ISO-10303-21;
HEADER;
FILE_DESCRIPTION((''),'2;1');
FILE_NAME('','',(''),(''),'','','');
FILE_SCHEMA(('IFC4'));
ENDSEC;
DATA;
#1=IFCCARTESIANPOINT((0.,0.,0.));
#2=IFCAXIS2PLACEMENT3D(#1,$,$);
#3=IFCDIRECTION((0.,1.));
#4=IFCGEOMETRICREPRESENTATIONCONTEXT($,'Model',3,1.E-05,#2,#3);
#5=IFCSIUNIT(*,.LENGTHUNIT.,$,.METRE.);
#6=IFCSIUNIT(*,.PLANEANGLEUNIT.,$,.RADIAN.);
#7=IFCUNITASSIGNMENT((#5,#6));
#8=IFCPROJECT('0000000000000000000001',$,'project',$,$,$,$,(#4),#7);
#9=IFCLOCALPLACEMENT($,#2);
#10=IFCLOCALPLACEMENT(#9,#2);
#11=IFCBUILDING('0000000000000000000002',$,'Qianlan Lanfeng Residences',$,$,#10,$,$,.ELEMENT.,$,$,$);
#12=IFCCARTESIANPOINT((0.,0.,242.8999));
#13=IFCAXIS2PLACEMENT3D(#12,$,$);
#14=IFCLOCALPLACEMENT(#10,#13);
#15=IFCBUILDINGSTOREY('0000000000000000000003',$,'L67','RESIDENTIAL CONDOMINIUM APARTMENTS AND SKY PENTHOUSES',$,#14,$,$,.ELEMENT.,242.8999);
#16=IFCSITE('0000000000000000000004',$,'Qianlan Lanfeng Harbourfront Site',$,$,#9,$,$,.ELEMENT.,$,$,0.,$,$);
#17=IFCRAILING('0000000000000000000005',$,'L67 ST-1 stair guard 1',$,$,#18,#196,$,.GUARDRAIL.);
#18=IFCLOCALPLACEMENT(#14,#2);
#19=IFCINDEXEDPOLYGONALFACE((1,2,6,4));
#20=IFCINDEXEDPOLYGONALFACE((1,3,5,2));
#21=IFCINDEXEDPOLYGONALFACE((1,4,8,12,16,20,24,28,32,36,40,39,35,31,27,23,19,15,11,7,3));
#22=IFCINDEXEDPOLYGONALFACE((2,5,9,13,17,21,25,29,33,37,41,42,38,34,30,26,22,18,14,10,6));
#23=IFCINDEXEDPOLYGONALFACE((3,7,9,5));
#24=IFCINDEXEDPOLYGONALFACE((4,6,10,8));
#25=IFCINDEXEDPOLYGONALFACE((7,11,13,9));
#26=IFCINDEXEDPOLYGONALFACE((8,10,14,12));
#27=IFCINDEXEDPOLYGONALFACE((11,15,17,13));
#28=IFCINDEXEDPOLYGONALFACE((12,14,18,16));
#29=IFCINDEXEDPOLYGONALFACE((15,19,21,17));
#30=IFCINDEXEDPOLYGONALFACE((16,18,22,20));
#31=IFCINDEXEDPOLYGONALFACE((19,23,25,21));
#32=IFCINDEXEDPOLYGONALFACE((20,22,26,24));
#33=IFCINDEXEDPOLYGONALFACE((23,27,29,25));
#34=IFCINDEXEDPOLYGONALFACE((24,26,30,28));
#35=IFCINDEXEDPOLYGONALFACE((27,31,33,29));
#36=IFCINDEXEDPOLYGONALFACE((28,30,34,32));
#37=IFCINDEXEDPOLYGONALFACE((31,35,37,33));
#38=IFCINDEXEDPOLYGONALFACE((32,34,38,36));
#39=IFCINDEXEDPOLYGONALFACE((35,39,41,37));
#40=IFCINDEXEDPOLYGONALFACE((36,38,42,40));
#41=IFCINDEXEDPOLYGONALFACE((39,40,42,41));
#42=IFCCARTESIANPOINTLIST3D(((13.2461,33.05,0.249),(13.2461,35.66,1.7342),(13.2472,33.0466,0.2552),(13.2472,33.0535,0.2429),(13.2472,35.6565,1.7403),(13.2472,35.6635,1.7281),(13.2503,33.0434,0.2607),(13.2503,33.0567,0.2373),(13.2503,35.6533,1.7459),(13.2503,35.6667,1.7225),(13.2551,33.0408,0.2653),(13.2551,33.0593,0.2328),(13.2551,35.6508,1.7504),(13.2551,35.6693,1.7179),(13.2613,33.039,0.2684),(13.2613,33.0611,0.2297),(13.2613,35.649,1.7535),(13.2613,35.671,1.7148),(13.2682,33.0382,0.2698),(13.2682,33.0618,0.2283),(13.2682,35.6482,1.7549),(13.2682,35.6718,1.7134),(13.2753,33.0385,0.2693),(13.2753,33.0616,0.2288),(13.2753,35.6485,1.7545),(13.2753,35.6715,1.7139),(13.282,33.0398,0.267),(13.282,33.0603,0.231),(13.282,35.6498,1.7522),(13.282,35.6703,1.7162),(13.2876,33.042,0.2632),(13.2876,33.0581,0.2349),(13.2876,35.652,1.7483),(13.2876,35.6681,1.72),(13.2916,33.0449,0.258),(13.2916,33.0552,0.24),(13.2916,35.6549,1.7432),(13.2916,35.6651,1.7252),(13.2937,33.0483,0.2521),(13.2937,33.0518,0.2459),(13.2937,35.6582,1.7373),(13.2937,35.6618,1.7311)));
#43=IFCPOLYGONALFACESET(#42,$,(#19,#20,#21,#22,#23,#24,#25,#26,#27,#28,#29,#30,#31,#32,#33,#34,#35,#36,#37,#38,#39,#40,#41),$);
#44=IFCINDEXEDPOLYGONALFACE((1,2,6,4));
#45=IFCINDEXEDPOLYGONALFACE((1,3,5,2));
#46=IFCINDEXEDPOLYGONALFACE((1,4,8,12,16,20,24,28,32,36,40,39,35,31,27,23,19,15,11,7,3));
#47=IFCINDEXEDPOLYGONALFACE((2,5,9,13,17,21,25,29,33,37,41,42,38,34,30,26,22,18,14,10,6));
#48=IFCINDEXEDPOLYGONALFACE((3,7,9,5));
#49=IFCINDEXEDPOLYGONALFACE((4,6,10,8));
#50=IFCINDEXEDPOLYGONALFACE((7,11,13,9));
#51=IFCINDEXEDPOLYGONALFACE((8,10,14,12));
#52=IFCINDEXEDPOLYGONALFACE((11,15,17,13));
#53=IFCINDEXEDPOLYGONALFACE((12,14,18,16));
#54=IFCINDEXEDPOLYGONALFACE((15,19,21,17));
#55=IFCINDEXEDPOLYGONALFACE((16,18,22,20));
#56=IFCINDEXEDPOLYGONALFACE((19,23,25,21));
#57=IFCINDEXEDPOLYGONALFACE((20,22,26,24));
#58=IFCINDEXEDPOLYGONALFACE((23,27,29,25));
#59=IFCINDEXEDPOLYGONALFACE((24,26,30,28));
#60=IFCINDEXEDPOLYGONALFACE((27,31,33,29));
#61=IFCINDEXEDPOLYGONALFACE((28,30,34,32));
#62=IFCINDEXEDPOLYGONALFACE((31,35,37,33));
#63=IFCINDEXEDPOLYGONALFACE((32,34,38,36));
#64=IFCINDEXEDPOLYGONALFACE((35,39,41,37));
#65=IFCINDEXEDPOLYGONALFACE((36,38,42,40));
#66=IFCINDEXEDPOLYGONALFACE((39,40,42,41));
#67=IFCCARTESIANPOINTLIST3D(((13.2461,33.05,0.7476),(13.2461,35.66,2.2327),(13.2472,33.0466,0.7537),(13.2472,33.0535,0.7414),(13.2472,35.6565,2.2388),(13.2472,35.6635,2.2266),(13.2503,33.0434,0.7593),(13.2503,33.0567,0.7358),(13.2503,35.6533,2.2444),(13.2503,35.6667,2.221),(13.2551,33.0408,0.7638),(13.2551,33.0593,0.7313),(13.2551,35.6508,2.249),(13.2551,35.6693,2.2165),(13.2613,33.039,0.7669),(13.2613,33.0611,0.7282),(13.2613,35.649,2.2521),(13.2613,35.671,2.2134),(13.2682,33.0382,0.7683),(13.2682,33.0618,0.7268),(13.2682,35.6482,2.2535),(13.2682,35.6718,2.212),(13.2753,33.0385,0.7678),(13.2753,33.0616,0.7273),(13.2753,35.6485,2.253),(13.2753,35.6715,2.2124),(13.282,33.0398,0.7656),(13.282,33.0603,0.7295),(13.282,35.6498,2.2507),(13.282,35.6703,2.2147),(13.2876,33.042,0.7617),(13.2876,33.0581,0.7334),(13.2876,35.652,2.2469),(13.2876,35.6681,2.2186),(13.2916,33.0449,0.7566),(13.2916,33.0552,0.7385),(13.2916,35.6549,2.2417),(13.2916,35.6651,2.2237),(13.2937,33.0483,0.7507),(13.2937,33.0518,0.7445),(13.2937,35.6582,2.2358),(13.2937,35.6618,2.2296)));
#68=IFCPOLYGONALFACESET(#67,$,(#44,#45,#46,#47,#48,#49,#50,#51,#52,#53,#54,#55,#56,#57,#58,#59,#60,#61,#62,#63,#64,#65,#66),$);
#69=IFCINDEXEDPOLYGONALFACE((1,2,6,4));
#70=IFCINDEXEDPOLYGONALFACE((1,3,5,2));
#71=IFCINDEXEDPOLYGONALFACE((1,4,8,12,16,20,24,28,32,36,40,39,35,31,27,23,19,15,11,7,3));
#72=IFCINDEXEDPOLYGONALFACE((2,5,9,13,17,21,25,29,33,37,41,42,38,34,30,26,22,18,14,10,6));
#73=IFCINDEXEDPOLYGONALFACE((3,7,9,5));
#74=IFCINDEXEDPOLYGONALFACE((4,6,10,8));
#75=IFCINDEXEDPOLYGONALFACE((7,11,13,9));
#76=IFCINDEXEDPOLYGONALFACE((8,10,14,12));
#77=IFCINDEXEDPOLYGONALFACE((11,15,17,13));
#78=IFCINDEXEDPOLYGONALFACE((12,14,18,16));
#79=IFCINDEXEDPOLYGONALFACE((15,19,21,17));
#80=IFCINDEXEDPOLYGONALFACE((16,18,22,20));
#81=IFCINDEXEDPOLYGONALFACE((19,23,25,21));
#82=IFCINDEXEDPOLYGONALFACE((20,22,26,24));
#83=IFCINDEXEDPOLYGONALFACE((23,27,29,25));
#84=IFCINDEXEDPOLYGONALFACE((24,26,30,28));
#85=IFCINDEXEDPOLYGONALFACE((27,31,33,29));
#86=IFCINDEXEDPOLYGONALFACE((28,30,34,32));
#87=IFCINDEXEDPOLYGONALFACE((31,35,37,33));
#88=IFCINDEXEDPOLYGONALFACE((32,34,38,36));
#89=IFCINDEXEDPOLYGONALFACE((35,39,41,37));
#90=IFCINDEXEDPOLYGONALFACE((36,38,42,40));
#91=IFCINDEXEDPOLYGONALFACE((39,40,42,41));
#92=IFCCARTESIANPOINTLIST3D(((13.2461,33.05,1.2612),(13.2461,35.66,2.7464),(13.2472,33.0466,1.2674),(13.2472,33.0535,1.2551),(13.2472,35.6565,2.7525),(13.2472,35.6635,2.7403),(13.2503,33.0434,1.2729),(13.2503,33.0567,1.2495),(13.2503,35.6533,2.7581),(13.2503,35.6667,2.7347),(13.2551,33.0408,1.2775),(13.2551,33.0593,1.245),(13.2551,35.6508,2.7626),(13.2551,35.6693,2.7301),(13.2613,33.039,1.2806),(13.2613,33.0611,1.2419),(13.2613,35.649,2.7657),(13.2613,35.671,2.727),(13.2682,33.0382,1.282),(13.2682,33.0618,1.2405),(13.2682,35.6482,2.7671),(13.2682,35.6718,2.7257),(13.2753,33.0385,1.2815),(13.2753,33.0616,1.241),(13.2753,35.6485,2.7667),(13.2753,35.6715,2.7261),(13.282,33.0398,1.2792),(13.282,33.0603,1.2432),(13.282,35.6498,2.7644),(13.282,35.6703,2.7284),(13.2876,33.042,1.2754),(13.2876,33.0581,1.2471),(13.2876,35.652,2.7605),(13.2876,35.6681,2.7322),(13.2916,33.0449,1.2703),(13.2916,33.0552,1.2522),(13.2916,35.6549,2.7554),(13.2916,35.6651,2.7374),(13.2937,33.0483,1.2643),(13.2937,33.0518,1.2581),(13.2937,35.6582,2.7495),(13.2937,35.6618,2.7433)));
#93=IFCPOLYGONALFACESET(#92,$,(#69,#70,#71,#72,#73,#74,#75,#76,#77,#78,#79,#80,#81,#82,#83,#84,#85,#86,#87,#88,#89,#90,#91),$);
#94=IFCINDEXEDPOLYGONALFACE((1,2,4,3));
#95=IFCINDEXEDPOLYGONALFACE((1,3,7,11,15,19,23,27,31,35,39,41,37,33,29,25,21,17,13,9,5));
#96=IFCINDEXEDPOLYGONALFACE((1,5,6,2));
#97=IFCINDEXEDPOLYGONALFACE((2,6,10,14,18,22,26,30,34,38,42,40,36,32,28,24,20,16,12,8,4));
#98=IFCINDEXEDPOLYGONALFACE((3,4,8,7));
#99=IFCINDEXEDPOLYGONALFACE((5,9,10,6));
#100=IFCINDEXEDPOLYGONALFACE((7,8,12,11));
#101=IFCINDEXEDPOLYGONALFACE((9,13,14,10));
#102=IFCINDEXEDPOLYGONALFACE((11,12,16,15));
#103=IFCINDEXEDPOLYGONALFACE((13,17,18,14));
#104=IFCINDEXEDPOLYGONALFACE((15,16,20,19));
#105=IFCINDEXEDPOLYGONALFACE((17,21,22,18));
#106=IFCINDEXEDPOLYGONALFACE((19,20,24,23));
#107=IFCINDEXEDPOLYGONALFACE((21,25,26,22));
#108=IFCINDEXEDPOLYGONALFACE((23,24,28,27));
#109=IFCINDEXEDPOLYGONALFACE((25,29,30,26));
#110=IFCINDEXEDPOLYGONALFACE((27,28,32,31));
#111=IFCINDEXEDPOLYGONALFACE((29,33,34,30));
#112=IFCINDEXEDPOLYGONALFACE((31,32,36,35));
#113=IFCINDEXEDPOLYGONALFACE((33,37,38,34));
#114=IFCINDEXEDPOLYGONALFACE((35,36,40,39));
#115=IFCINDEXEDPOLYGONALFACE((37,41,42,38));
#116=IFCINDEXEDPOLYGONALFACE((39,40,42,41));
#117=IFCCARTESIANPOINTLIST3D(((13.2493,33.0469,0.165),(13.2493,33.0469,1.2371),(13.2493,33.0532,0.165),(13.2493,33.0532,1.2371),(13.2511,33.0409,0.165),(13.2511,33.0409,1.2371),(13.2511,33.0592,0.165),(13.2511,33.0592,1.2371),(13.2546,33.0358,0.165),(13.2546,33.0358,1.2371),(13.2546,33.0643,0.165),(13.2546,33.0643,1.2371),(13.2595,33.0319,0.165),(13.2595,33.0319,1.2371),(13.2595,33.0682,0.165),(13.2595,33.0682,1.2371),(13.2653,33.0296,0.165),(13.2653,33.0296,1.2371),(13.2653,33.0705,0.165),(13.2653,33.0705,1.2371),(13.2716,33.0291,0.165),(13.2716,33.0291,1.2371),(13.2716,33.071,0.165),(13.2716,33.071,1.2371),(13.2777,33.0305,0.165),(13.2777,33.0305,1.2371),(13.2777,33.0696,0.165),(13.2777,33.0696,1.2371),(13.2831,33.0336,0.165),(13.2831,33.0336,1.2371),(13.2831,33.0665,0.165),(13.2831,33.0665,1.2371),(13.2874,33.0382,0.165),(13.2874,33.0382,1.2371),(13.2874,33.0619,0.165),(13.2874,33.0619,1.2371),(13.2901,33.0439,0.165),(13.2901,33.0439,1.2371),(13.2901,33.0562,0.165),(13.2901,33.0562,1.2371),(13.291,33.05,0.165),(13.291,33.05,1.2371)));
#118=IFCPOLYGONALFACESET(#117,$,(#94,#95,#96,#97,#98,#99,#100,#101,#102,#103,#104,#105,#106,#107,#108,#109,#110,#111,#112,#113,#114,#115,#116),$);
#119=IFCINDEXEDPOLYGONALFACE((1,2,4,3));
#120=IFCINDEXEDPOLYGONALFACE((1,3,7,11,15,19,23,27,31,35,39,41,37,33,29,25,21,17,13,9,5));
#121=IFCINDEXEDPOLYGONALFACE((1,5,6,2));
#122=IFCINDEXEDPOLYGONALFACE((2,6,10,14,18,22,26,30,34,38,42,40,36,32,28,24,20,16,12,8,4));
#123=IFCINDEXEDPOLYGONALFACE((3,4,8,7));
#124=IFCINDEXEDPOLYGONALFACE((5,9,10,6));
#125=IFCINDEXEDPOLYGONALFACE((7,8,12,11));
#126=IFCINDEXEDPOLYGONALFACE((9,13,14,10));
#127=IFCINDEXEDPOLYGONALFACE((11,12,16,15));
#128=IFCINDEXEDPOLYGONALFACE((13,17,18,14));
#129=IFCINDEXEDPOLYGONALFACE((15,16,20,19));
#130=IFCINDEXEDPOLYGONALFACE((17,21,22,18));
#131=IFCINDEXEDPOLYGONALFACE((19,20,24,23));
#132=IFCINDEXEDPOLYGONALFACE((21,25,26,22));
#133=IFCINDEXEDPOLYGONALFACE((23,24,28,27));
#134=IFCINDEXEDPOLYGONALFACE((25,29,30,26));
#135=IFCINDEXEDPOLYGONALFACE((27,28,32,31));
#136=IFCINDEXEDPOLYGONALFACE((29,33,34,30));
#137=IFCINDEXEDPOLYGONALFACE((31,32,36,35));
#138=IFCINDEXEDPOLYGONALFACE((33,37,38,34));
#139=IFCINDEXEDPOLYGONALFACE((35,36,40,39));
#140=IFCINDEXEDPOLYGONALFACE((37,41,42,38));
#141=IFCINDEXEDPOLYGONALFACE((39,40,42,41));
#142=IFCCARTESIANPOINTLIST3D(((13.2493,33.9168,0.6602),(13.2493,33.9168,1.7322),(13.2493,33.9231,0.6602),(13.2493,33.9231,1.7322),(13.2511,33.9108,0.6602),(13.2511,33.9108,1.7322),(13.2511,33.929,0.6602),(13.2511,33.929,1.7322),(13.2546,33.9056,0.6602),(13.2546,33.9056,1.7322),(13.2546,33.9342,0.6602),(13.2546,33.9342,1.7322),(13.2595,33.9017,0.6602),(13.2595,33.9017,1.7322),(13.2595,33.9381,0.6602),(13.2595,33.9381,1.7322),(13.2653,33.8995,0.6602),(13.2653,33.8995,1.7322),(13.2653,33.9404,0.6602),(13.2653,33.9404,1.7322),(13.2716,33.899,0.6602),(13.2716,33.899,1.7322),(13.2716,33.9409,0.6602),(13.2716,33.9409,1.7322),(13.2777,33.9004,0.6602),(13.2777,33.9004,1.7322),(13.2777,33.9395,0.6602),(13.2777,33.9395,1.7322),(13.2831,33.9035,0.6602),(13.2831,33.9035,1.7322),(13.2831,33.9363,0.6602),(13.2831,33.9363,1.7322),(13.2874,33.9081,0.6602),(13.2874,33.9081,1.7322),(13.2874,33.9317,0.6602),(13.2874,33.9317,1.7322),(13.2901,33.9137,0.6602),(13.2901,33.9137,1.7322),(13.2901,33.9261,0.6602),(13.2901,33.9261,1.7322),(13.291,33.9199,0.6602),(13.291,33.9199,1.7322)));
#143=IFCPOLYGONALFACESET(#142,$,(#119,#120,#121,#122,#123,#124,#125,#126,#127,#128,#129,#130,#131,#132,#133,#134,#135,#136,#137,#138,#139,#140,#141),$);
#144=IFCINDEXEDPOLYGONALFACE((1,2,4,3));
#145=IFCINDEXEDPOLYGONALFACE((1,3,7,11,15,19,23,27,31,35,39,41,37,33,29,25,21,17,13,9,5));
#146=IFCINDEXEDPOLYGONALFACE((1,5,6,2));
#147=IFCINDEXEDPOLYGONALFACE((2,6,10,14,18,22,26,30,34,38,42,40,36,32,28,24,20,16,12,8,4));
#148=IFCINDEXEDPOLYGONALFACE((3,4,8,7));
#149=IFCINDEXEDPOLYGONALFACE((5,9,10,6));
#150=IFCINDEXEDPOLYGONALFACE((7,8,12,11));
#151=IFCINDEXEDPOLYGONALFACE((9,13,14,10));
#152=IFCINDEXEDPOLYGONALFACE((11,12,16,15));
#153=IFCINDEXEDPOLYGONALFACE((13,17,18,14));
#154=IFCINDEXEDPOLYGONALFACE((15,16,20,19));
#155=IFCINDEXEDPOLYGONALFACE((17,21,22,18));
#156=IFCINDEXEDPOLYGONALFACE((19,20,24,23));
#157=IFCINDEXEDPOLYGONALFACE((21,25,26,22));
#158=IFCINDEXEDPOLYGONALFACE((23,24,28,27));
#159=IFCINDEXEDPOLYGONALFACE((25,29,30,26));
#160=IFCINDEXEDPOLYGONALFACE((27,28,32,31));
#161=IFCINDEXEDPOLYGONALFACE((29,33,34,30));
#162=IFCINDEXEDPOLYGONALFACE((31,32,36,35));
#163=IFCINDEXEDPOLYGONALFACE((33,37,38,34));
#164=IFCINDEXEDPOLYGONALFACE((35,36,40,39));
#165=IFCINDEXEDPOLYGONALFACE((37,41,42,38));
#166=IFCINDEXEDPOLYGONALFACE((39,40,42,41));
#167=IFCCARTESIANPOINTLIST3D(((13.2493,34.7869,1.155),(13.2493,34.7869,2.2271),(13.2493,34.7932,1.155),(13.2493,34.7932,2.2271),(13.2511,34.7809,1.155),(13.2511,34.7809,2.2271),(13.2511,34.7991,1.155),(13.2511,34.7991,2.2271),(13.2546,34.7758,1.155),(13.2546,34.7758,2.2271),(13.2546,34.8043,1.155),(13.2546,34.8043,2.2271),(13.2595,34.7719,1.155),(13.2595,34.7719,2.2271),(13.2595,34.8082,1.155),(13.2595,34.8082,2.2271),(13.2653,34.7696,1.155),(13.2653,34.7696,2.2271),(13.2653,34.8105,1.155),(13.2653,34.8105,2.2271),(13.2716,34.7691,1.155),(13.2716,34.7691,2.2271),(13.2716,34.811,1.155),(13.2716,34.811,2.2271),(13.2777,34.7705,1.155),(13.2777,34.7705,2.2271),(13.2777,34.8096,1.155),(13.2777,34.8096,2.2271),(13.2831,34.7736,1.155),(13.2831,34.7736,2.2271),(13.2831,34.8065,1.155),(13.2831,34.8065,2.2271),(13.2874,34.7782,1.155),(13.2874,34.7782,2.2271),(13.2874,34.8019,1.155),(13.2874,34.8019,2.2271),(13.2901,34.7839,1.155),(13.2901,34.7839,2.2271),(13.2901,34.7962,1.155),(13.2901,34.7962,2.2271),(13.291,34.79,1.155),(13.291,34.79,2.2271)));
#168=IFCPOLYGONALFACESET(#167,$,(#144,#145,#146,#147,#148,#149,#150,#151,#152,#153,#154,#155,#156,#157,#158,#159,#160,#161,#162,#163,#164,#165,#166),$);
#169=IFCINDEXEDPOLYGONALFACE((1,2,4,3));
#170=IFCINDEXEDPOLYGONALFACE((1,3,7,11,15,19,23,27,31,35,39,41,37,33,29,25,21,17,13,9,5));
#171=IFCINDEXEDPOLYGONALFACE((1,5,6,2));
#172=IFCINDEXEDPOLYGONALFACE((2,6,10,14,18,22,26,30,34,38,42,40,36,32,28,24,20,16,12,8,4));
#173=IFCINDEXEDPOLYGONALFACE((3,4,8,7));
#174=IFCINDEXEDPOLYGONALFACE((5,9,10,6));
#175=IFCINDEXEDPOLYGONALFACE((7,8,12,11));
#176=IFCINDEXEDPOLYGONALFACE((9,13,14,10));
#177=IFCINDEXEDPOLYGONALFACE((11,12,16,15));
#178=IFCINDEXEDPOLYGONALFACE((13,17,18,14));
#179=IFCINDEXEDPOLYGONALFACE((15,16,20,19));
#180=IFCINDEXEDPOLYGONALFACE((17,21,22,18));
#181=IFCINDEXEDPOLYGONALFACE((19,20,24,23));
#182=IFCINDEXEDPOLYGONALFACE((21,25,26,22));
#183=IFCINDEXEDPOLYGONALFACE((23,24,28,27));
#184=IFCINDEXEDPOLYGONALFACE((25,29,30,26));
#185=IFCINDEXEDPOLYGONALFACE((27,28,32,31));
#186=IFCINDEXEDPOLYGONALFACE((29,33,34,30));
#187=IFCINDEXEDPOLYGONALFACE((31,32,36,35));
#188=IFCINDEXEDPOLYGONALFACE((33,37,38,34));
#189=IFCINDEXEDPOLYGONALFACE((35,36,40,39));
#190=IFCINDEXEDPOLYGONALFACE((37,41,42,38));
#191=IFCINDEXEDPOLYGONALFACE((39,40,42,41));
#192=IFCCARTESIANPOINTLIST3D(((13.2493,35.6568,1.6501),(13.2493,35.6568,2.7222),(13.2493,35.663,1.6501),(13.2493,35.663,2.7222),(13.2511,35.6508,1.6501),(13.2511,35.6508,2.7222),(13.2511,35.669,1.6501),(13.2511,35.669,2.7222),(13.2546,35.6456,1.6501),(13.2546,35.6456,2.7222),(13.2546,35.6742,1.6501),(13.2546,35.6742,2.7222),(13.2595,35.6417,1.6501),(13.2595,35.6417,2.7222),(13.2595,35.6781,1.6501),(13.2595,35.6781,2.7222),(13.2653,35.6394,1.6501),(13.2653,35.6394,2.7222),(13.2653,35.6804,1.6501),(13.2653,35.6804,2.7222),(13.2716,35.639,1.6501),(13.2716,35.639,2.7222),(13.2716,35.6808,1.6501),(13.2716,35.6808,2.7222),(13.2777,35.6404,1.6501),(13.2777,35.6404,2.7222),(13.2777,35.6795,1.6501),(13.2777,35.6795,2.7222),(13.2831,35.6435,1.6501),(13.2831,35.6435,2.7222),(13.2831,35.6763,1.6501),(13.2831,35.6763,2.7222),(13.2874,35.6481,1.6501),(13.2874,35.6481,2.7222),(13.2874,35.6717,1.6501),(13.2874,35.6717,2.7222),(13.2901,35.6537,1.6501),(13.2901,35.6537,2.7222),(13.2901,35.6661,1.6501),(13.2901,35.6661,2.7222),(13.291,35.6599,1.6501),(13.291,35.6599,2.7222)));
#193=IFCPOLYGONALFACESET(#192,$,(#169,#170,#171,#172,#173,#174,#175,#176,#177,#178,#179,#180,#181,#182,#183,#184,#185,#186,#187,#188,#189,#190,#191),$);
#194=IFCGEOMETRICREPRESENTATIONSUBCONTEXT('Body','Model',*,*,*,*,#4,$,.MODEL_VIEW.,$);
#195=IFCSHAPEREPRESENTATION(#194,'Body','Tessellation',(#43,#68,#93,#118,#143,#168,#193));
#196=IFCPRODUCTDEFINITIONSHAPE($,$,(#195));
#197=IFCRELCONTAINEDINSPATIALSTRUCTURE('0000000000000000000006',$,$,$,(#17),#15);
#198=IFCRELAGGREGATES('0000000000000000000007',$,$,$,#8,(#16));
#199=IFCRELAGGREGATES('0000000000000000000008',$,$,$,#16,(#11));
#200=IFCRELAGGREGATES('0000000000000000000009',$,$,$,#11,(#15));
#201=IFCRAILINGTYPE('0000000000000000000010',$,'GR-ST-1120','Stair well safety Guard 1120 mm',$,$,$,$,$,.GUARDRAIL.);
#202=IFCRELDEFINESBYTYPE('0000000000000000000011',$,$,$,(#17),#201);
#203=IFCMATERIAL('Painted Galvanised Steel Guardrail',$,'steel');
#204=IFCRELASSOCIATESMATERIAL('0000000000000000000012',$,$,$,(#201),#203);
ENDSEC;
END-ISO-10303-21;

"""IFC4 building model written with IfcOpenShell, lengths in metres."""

from ifc_helpers import new_model, si_unit, direction, frame, origin, origin_2d, place, context, subcontext, project, spatial, circle, extrude, material, type_object, element, save


model = new_model("IFC4")

# Units and contexts
model_context = context("Model", 3, precision=1e-05, world=origin(), true_north=direction((0.0, 1.0)))
body_context = subcontext(model_context, "Body", "Model", "MODEL_VIEW")
ifc_project = project(units=[si_unit("LENGTHUNIT", "METRE"), si_unit("PLANEANGLEUNIT", "RADIAN")], contexts=[model_context])

# Site, building, storey
site_placement = place(None, origin())
site = spatial("IfcSite", under=ifc_project, at=site_placement, Name="Qianlan Lanfeng Harbourfront Site", CompositionType="ELEMENT", RefElevation=0.0)
building_placement = place(site_placement, origin())
building = spatial("IfcBuilding", under=site, at=building_placement, Name="Qianlan Lanfeng Residences", CompositionType="ELEMENT")
storey_placement = place(building_placement, frame((0.0, 0.0, 242.8999)))
storey = spatial("IfcBuildingStorey", under=building, at=storey_placement, Name="L67", Description="RESIDENTIAL CONDOMINIUM APARTMENTS AND SKY PENTHOUSES", CompositionType="ELEMENT", Elevation=242.8999)

# Railing
ifc_material_1 = material(Name="Painted Galvanised Steel Guardrail", Category="steel")
railing_type_1 = type_object("IfcRailingType", Name="GR-ST-1120", Description="Stair well safety Guard 1120 mm", PredefinedType="GUARDRAIL", material=ifc_material_1)
railing_1_placement = place(storey_placement, frame((13.27, 33.05, 0.165)))
element("IfcRailing", 1, at=railing_1_placement, inside=storey, type_object=railing_type_1, Name="L67 ST-1 stair guard 1", PredefinedType="GUARDRAIL", context=body_context, shape_type="SweptSolid", body=[
    extrude(circle(Radius=0.0239, at=origin_2d()), frame((0.0, 0.0, 0.084), z_axis=(0.0, 0.869137, 0.494571), x_axis=(-1.0, 0.0, 0.0)), (0.0, 0.0, 1.0), 3.0029),
    extrude(circle(Radius=0.0239, at=origin_2d()), frame((0.0, 0.0, 0.5825), z_axis=(0.0, 0.869137, 0.494571), x_axis=(-1.0, 0.0, 0.0)), (0.0, 0.0, 1.0), 3.0029),
    extrude(circle(Radius=0.0239, at=origin_2d()), frame((0.0, 0.0, 1.0962), z_axis=(0.0, 0.869137, 0.494571), x_axis=(-1.0, 0.0, 0.0)), (0.0, 0.0, 1.0), 3.0029),
    extrude(circle(Radius=0.021, at=origin_2d()), origin(), (0.0, 0.0, 1.0), 1.072),
    extrude(circle(Radius=0.021, at=origin_2d()), frame((0.0, 0.8699, 0.4951)), (0.0, 0.0, 1.0), 1.072),
    extrude(circle(Radius=0.021, at=origin_2d()), frame((0.0, 1.74, 0.99)), (0.0, 0.0, 1.0), 1.072),
    extrude(circle(Radius=0.021, at=origin_2d()), frame((0.0, 2.6099, 1.4851)), (0.0, 0.0, 1.0), 1.072),
])

save(model, "model.ifc")
